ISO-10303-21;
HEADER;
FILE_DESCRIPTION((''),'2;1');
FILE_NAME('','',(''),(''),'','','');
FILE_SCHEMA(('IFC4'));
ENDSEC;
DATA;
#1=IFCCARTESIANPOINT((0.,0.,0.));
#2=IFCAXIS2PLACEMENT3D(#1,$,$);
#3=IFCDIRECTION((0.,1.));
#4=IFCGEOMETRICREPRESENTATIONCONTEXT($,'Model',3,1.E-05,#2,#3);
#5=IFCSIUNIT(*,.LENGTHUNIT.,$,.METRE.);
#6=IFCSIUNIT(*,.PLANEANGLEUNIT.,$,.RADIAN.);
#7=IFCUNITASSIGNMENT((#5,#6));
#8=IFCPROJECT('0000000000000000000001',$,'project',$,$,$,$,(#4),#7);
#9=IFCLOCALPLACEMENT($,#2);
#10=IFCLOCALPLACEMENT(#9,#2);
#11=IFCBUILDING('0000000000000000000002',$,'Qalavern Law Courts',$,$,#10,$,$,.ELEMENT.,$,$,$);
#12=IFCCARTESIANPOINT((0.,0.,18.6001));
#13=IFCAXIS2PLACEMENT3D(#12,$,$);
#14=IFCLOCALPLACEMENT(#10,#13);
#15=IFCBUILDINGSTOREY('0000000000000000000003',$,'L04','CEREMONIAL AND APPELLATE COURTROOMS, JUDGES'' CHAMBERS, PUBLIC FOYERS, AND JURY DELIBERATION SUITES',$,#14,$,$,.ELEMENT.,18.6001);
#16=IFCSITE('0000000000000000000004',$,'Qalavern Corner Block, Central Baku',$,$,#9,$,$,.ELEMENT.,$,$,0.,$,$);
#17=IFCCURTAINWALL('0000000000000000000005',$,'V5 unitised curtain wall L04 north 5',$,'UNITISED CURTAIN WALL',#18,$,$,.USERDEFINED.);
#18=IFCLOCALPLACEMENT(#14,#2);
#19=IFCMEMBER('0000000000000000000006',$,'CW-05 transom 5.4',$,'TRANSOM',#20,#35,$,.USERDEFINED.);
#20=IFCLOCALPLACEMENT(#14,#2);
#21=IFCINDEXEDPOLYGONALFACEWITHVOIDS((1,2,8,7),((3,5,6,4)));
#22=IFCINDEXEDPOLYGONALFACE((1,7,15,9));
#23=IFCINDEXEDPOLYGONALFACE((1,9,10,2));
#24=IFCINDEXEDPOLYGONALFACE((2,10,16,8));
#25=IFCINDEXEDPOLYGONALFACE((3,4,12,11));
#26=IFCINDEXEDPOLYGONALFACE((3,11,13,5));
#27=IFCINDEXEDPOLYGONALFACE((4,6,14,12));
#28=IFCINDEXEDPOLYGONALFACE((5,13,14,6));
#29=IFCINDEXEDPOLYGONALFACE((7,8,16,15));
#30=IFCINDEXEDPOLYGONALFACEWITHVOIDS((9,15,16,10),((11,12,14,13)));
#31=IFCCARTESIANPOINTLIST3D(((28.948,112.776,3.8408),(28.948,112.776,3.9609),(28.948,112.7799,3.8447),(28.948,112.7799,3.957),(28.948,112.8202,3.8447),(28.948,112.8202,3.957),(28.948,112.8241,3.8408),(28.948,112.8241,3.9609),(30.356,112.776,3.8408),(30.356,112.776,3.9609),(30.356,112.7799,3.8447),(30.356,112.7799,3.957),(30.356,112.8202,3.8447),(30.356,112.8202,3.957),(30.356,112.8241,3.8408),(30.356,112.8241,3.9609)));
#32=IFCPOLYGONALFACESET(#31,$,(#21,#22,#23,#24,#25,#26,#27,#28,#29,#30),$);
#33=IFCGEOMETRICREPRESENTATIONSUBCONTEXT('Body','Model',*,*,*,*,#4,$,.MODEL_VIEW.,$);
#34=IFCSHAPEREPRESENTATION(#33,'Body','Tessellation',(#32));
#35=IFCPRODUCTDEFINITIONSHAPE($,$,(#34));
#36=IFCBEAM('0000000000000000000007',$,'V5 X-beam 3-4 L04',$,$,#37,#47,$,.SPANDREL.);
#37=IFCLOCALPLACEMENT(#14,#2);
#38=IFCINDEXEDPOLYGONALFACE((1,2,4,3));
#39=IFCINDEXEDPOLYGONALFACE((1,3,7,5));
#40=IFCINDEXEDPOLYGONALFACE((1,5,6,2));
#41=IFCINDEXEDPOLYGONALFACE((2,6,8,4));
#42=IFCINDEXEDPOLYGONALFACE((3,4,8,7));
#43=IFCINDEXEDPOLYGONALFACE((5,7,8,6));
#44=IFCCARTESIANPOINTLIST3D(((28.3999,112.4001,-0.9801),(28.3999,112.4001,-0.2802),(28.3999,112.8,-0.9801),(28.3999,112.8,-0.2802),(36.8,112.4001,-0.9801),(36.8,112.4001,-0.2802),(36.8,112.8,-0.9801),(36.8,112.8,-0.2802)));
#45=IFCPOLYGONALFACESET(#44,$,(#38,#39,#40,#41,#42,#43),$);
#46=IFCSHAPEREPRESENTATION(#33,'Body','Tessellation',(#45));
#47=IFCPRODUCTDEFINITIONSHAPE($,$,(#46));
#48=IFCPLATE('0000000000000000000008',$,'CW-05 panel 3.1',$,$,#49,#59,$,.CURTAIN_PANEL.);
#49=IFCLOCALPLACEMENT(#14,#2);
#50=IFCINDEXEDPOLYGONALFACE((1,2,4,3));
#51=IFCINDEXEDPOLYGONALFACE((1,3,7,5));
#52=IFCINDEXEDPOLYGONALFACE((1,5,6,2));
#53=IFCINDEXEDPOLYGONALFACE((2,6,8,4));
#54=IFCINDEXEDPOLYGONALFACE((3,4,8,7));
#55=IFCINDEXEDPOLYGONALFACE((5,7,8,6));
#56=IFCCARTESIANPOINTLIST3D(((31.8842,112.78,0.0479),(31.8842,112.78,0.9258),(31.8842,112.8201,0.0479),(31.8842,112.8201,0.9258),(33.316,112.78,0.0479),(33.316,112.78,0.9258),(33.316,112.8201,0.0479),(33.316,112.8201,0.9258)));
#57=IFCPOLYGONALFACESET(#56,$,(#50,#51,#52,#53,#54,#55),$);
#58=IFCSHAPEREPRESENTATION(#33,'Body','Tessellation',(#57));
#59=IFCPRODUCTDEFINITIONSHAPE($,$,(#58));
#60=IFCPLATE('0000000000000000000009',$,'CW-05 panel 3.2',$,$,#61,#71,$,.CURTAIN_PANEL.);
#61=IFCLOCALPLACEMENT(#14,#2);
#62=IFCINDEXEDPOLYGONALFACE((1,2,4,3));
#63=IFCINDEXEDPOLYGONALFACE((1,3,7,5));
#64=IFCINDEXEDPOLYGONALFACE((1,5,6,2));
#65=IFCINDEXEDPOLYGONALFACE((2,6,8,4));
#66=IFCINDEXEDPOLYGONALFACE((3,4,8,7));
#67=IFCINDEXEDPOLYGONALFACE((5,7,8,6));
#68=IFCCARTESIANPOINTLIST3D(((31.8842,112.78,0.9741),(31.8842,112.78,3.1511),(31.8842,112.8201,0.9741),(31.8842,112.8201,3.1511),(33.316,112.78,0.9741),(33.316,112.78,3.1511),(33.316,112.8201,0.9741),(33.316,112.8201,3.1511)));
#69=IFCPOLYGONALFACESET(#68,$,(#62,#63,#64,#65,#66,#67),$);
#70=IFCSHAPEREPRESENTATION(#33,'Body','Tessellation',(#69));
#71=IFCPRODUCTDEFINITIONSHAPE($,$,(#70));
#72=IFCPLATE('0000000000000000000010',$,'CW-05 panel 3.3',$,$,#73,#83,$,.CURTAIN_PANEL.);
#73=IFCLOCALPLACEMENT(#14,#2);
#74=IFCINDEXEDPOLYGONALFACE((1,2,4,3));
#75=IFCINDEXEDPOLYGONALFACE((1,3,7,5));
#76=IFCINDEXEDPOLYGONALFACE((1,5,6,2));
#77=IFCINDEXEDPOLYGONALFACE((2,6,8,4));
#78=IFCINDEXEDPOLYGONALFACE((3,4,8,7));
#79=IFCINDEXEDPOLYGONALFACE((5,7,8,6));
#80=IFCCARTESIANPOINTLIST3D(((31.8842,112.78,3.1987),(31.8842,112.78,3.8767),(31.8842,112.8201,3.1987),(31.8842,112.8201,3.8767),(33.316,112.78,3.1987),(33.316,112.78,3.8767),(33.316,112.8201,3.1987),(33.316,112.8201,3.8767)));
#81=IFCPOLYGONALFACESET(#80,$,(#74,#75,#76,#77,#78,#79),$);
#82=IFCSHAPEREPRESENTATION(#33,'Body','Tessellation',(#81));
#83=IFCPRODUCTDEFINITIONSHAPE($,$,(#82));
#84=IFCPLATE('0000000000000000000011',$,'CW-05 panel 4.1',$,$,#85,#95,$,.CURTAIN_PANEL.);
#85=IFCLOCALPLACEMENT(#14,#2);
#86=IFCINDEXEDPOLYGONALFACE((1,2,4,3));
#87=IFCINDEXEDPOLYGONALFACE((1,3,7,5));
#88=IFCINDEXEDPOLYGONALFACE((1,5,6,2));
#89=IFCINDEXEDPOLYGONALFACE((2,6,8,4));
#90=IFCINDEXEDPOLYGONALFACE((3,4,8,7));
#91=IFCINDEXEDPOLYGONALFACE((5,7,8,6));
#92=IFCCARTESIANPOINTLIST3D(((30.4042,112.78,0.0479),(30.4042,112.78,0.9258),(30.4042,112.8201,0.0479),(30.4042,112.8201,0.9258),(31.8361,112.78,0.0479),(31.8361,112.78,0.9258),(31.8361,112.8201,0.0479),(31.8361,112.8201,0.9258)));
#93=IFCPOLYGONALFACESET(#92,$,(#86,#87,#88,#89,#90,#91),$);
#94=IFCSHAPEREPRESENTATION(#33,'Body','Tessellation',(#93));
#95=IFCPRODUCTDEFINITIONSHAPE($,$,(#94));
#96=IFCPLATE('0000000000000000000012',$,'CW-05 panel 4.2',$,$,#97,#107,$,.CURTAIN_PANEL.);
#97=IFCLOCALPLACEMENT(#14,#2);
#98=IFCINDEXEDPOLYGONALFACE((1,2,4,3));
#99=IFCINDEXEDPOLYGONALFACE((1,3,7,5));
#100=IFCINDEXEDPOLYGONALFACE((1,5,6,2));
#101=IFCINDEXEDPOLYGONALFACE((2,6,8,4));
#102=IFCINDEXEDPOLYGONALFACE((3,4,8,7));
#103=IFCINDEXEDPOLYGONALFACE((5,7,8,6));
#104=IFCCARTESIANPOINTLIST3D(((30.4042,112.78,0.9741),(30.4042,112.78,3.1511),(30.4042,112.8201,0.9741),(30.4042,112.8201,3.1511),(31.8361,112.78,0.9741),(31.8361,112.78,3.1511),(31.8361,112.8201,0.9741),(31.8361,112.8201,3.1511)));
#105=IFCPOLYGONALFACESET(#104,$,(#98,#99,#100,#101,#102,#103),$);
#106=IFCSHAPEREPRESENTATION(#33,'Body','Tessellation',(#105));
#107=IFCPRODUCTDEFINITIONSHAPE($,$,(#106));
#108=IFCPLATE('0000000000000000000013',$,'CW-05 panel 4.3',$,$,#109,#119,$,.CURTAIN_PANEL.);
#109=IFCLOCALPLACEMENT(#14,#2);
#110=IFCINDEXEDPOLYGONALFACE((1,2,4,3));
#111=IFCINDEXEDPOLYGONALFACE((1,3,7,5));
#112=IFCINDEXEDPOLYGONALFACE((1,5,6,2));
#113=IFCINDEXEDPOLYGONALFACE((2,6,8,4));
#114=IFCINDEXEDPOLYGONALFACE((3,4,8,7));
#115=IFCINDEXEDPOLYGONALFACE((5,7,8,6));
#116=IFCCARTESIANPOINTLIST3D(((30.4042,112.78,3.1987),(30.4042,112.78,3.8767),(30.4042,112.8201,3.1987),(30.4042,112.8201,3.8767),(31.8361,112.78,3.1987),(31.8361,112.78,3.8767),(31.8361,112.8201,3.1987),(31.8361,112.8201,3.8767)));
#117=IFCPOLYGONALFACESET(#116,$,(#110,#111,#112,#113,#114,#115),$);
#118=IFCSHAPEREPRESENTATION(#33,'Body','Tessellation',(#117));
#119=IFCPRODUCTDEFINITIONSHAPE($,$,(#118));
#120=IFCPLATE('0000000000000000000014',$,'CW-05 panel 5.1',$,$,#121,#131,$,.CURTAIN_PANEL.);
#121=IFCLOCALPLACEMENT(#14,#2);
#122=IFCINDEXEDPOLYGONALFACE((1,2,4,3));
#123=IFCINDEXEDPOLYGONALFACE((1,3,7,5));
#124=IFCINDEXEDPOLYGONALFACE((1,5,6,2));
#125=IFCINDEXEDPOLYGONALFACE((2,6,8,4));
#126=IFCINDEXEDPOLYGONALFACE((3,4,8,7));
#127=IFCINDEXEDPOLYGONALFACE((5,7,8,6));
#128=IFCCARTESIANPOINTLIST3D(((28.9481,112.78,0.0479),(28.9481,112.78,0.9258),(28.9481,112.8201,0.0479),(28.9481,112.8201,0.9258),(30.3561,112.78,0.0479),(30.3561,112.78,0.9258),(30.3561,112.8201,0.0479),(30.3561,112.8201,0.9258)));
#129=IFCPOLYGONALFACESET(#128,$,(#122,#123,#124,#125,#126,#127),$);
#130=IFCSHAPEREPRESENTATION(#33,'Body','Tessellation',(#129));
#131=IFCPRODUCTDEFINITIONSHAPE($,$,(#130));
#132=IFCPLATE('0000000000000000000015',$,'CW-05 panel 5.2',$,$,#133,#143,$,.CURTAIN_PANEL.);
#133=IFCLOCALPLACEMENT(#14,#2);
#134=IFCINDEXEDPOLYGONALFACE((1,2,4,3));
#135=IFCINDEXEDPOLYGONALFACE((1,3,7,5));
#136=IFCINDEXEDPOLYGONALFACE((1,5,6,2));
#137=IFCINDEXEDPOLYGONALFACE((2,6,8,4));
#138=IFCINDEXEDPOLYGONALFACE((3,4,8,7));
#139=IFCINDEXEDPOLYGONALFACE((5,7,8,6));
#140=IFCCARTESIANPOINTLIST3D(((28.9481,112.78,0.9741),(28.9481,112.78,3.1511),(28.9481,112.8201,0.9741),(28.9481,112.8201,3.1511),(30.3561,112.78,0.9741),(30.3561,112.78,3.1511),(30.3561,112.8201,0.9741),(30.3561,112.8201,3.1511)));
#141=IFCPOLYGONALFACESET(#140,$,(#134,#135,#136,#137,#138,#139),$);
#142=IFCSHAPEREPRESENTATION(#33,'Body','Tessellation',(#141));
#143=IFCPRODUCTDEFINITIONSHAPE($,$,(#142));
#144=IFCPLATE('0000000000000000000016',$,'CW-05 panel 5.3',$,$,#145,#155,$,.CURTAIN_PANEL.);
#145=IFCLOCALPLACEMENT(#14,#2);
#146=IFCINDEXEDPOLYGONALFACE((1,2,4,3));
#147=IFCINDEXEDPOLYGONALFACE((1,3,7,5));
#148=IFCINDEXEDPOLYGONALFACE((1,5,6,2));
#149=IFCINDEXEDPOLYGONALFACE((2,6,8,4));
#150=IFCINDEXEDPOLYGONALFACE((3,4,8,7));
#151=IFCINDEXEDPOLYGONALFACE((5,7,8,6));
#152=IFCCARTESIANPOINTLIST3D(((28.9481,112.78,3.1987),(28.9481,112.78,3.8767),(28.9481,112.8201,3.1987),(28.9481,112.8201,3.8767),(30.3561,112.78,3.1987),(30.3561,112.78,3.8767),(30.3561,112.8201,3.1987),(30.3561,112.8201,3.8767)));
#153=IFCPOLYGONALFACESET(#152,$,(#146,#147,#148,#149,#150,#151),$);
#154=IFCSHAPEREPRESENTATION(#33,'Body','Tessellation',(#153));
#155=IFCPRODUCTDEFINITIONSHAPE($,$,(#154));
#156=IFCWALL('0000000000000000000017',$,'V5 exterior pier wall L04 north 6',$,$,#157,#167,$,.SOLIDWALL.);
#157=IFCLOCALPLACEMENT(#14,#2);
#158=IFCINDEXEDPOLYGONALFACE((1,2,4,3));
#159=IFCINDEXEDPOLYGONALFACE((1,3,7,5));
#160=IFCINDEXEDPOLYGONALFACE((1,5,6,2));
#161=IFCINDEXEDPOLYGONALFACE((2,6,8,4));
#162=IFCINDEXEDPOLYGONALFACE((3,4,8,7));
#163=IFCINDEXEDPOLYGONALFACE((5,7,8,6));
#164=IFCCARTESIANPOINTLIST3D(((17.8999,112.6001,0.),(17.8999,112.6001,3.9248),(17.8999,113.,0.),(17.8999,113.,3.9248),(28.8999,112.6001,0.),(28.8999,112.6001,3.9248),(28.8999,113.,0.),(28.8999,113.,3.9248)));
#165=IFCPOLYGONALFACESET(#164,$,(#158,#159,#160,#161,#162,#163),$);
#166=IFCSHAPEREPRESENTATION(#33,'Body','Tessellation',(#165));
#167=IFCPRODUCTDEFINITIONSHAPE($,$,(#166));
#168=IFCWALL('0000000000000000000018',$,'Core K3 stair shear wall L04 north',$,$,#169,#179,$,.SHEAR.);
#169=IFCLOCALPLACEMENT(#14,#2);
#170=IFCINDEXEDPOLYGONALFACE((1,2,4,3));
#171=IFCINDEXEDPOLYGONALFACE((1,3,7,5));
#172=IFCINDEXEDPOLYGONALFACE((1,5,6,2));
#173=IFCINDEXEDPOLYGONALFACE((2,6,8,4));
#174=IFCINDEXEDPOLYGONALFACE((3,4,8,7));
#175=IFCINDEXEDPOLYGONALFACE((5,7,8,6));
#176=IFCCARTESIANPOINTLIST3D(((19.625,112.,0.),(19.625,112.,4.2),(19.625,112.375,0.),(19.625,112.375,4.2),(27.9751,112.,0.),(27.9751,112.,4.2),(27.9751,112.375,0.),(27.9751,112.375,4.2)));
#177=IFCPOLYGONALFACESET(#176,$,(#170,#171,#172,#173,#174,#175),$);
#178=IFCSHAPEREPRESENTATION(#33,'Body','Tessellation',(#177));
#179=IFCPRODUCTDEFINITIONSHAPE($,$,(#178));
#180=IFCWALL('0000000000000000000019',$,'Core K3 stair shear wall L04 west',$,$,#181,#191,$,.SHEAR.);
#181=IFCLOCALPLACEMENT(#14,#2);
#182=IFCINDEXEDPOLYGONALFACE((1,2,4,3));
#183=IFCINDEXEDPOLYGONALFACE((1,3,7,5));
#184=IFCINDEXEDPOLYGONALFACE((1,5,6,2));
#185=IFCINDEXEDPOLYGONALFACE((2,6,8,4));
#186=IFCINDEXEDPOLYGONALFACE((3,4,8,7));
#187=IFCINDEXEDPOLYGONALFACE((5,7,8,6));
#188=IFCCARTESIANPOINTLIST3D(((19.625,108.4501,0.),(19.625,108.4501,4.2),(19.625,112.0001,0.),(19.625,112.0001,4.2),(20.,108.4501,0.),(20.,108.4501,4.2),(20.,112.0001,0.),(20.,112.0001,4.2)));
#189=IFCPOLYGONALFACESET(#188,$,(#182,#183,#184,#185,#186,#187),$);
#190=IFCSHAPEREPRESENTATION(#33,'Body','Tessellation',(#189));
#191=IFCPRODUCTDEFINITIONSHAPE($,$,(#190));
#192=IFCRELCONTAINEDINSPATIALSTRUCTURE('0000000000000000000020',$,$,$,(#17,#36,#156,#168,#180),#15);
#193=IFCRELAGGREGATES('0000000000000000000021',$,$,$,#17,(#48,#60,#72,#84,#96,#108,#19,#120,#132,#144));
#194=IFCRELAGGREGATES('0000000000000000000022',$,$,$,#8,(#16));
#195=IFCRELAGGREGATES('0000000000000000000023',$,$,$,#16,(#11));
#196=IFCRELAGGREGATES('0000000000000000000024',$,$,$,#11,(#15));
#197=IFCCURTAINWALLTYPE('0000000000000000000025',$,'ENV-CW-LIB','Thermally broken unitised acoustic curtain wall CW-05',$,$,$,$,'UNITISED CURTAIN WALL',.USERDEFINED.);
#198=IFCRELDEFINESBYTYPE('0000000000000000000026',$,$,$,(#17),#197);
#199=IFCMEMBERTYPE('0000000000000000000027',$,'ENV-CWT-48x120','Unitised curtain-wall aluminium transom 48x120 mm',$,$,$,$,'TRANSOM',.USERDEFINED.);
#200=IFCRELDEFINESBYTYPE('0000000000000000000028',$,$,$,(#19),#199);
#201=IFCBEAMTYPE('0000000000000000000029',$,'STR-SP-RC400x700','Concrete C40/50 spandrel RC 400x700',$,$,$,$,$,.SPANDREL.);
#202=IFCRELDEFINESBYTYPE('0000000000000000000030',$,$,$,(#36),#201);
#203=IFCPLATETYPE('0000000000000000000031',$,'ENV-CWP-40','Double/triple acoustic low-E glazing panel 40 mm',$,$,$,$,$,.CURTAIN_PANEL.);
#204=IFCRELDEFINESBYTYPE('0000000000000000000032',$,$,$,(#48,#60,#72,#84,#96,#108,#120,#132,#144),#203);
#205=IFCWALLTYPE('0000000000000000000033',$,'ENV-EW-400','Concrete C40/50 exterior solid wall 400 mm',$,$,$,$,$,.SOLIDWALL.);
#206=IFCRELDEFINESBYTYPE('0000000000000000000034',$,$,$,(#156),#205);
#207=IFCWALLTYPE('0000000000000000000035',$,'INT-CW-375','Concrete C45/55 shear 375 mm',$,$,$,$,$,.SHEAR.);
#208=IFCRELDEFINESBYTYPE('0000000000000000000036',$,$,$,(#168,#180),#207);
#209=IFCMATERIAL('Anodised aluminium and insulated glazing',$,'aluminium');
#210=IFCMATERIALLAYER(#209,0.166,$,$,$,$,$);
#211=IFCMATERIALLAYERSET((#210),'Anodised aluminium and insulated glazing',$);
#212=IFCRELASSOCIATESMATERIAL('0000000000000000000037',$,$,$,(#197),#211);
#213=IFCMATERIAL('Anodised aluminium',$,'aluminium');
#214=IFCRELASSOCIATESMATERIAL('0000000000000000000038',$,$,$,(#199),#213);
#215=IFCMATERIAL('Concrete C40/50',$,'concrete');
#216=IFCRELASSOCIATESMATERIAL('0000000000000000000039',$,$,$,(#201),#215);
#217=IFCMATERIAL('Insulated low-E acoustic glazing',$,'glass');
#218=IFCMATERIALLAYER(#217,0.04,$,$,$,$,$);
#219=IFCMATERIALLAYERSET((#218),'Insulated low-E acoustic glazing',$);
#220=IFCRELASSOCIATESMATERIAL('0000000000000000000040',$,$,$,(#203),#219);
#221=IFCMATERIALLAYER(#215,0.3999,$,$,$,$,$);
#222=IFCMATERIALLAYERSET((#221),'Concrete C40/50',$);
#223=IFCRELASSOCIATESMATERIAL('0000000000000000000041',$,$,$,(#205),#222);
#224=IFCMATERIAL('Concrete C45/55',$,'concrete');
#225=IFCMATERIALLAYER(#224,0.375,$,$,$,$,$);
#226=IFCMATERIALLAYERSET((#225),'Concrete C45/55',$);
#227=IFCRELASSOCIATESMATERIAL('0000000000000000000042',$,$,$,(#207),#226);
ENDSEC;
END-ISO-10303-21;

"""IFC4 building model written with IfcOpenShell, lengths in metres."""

from ifc_helpers import new_model, si_unit, direction, frame, frame_2d, origin, origin_2d, place, context, subcontext, project, spatial, rectangle, hollow_rectangle, extrude, material, layer, layer_set, material_profile, profile_set, type_object, element, aggregate, save


model = new_model("IFC4")

# Units and contexts
model_context = context("Model", 3, precision=1e-05, world=origin(), true_north=direction((0.0, 1.0)))
body_context = subcontext(model_context, "Body", "Model", "MODEL_VIEW")
ifc_project = project(units=[si_unit("LENGTHUNIT", "METRE"), si_unit("PLANEANGLEUNIT", "RADIAN")], contexts=[model_context])

# Site, building, storey
site_placement = place(None, origin())
site = spatial("IfcSite", under=ifc_project, at=site_placement, Name="Qalavern Corner Block, Central Baku", CompositionType="ELEMENT", RefElevation=0.0)
building_placement = place(site_placement, origin())
building = spatial("IfcBuilding", under=site, at=building_placement, Name="Qalavern Law Courts", CompositionType="ELEMENT")
storey_placement = place(building_placement, frame((0.0, 0.0, 18.6001)))
storey = spatial("IfcBuildingStorey", under=building, at=storey_placement, Name="L04", Description="CEREMONIAL AND APPELLATE COURTROOMS, JUDGES' CHAMBERS, PUBLIC FOYERS, AND JURY DELIBERATION SUITES", CompositionType="ELEMENT", Elevation=18.6001)

# Shared definitions
ifc_material_1 = material(Name="Concrete C45/55", Category="concrete")

# Curtain wall, member
ifc_material_2 = material(Name="Anodised aluminium and insulated glazing", Category="aluminium")
ifc_layer_1 = layer(ifc_material_2, 0.166)
ifc_layer_set_1 = layer_set([ifc_layer_1], Name="Anodised aluminium and insulated glazing")
curtain_wall_type = type_object("IfcCurtainWallType", Name="ENV-CW-LIB", Description="Thermally broken unitised acoustic curtain wall CW-05", ElementType="UNITISED CURTAIN WALL", PredefinedType="USERDEFINED", material=ifc_layer_set_1)
curtain_wall_placement = place(storey_placement, origin())
curtain_wall = element("IfcCurtainWall", 1, at=curtain_wall_placement, inside=storey, type_object=curtain_wall_type, Name="V5 unitised curtain wall L04 north 5", ObjectType="UNITISED CURTAIN WALL", PredefinedType="USERDEFINED")
ifc_material_3 = material(Name="Anodised aluminium", Category="aluminium")
ifc_material_profile_1 = material_profile(ifc_material_3, hollow_rectangle(XDim=0.0481, YDim=0.1201, WallThickness=0.0039, at=origin_2d()), Name="ALU TRANSOM 48x120")
ifc_profile_set_1 = profile_set([ifc_material_profile_1], Name="Anodised aluminium")
member_type_1 = type_object("IfcMemberType", Name="ENV-CWT-48x120", Description="Unitised curtain-wall aluminium transom 48x120 mm", ElementType="TRANSOM", PredefinedType="USERDEFINED", material=ifc_profile_set_1)
member_1_placement = place(storey_placement, frame((30.356, 112.8, 3.9009), z_axis=(-1.0, 0.0, 0.0), x_axis=(0.0, -1.0, 0.0)))
member_1 = element("IfcMember", 2, at=member_1_placement, type_object=member_type_1, Name="CW-05 transom 5.4", ObjectType="TRANSOM", PredefinedType="USERDEFINED", context=body_context, shape_type="SweptSolid", body=[
    extrude(hollow_rectangle(XDim=0.0481, YDim=0.1201, WallThickness=0.0039, at=origin_2d()), origin(), (0.0, 0.0, 1.0), 1.408),
])

# Beam
ifc_material_4 = material(Name="Concrete C40/50", Category="concrete")
ifc_material_profile_2 = material_profile(ifc_material_4, rectangle(XDim=0.3999, YDim=0.7, at=origin_2d()), Name="RC 400x700")
ifc_profile_set_2 = profile_set([ifc_material_profile_2], Name="Concrete C40/50")
beam_type = type_object("IfcBeamType", Name="STR-SP-RC400x700", Description="Concrete C40/50 spandrel RC 400x700", PredefinedType="SPANDREL", material=ifc_profile_set_2)
beam_placement = place(storey_placement, frame((28.3999, 112.6001, -0.6301), z_axis=(1.0, 0.0, 0.0), x_axis=(0.0, 1.0, 0.0)))
element("IfcBeam", 3, at=beam_placement, inside=storey, type_object=beam_type, Name="V5 X-beam 3-4 L04", PredefinedType="SPANDREL", context=body_context, shape_type="SweptSolid", body=[
    extrude(rectangle(XDim=0.3999, YDim=0.7, at=origin_2d()), origin(), (0.0, 0.0, 1.0), 8.4001),
])

# Plates
ifc_material_5 = material(Name="Insulated low-E acoustic glazing", Category="glass")
ifc_layer_2 = layer(ifc_material_5, 0.04)
ifc_layer_set_2 = layer_set([ifc_layer_2], Name="Insulated low-E acoustic glazing")
plate_type = type_object("IfcPlateType", Name="ENV-CWP-40", Description="Double/triple acoustic low-E glazing panel 40 mm", PredefinedType="CURTAIN_PANEL", material=ifc_layer_set_2)
plate_1_placement = place(storey_placement, frame((32.6001, 112.8, 0.0479), z_axis=(0.0, 0.0, 1.0), x_axis=(-1.0, 0.0, 0.0)))
plate_1 = element("IfcPlate", 4, at=plate_1_placement, type_object=plate_type, Name="CW-05 panel 3.1", PredefinedType="CURTAIN_PANEL", context=body_context, shape_type="SweptSolid", body=[
    extrude(rectangle(XDim=1.4319, YDim=0.04, at=origin_2d()), origin(), (0.0, 0.0, 1.0), 0.8779),
])
plate_2_placement = place(storey_placement, frame((32.6001, 112.8, 0.9741), z_axis=(0.0, 0.0, 1.0), x_axis=(-1.0, 0.0, 0.0)))
plate_2 = element("IfcPlate", 5, at=plate_2_placement, type_object=plate_type, Name="CW-05 panel 3.2", PredefinedType="CURTAIN_PANEL", context=body_context, shape_type="SweptSolid", body=[
    extrude(rectangle(XDim=1.4319, YDim=0.04, at=origin_2d()), origin(), (0.0, 0.0, 1.0), 2.177),
])
plate_3_placement = place(storey_placement, frame((32.6001, 112.8, 3.1987), z_axis=(0.0, 0.0, 1.0), x_axis=(-1.0, 0.0, 0.0)))
plate_3 = element("IfcPlate", 6, at=plate_3_placement, type_object=plate_type, Name="CW-05 panel 3.3", PredefinedType="CURTAIN_PANEL", context=body_context, shape_type="SweptSolid", body=[
    extrude(rectangle(XDim=1.4319, YDim=0.04, at=origin_2d()), origin(), (0.0, 0.0, 1.0), 0.678),
])
plate_4_placement = place(storey_placement, frame((31.1201, 112.8, 0.0479), z_axis=(0.0, 0.0, 1.0), x_axis=(-1.0, 0.0, 0.0)))
plate_4 = element("IfcPlate", 7, at=plate_4_placement, type_object=plate_type, Name="CW-05 panel 4.1", PredefinedType="CURTAIN_PANEL", context=body_context, shape_type="SweptSolid", body=[
    extrude(rectangle(XDim=1.4319, YDim=0.04, at=origin_2d()), origin(), (0.0, 0.0, 1.0), 0.8779),
])
plate_5_placement = place(storey_placement, frame((31.1201, 112.8, 0.9741), z_axis=(0.0, 0.0, 1.0), x_axis=(-1.0, 0.0, 0.0)))
plate_5 = element("IfcPlate", 8, at=plate_5_placement, type_object=plate_type, Name="CW-05 panel 4.2", PredefinedType="CURTAIN_PANEL", context=body_context, shape_type="SweptSolid", body=[
    extrude(rectangle(XDim=1.4319, YDim=0.04, at=origin_2d()), origin(), (0.0, 0.0, 1.0), 2.177),
])
plate_6_placement = place(storey_placement, frame((31.1201, 112.8, 3.1987), z_axis=(0.0, 0.0, 1.0), x_axis=(-1.0, 0.0, 0.0)))
plate_6 = element("IfcPlate", 9, at=plate_6_placement, type_object=plate_type, Name="CW-05 panel 4.3", PredefinedType="CURTAIN_PANEL", context=body_context, shape_type="SweptSolid", body=[
    extrude(rectangle(XDim=1.4319, YDim=0.04, at=origin_2d()), origin(), (0.0, 0.0, 1.0), 0.678),
])
plate_7_placement = place(storey_placement, frame((29.6521, 112.8, 0.0479), z_axis=(0.0, 0.0, 1.0), x_axis=(-1.0, 0.0, 0.0)))
plate_7 = element("IfcPlate", 10, at=plate_7_placement, type_object=plate_type, Name="CW-05 panel 5.1", PredefinedType="CURTAIN_PANEL", context=body_context, shape_type="SweptSolid", body=[
    extrude(rectangle(XDim=1.408, YDim=0.04, at=origin_2d()), origin(), (0.0, 0.0, 1.0), 0.8779),
])
plate_8_placement = place(storey_placement, frame((29.6521, 112.8, 0.9741), z_axis=(0.0, 0.0, 1.0), x_axis=(-1.0, 0.0, 0.0)))
plate_8 = element("IfcPlate", 11, at=plate_8_placement, type_object=plate_type, Name="CW-05 panel 5.2", PredefinedType="CURTAIN_PANEL", context=body_context, shape_type="SweptSolid", body=[
    extrude(rectangle(XDim=1.408, YDim=0.04, at=origin_2d()), origin(), (0.0, 0.0, 1.0), 2.177),
])
plate_9_placement = place(storey_placement, frame((29.6521, 112.8, 3.1987), z_axis=(0.0, 0.0, 1.0), x_axis=(-1.0, 0.0, 0.0)))
plate_9 = element("IfcPlate", 12, at=plate_9_placement, type_object=plate_type, Name="CW-05 panel 5.3", PredefinedType="CURTAIN_PANEL", context=body_context, shape_type="SweptSolid", body=[
    extrude(rectangle(XDim=1.408, YDim=0.04, at=origin_2d()), origin(), (0.0, 0.0, 1.0), 0.678),
])
aggregate(curtain_wall, [plate_1, plate_2, plate_3, plate_4, plate_5, plate_6, member_1, plate_7, plate_8, plate_9])

# Walls
ifc_layer_3 = layer(ifc_material_4, 0.3999)
ifc_layer_set_3 = layer_set([ifc_layer_3], Name="Concrete C40/50")
wall_type_1 = type_object("IfcWallType", Name="ENV-EW-400", Description="Concrete C40/50 exterior solid wall 400 mm", PredefinedType="SOLIDWALL", material=ifc_layer_set_3)
wall_1_placement = place(storey_placement, frame((28.8999, 112.8, 0.0), z_axis=(0.0, 0.0, 1.0), x_axis=(-1.0, 0.0, 0.0)))
element("IfcWall", 13, at=wall_1_placement, inside=storey, type_object=wall_type_1, Name="V5 exterior pier wall L04 north 6", PredefinedType="SOLIDWALL", context=body_context, shape_type="SweptSolid", body=[
    extrude(rectangle(XDim=11.0, YDim=0.3999, at=frame_2d((5.5, 0.0))), origin(), (0.0, 0.0, 1.0), 3.9248),
])
ifc_layer_4 = layer(ifc_material_1, 0.375)
ifc_layer_set_4 = layer_set([ifc_layer_4], Name="Concrete C45/55")
wall_type_2 = type_object("IfcWallType", Name="INT-CW-375", Description="Concrete C45/55 shear 375 mm", PredefinedType="SHEAR", material=ifc_layer_set_4)
wall_2_placement = place(storey_placement, frame((27.9751, 112.1875, 0.0), z_axis=(0.0, 0.0, 1.0), x_axis=(-1.0, 0.0, 0.0)))
element("IfcWall", 14, at=wall_2_placement, inside=storey, type_object=wall_type_2, Name="Core K3 stair shear wall L04 north", PredefinedType="SHEAR", context=body_context, shape_type="SweptSolid", body=[
    extrude(rectangle(XDim=8.3501, YDim=0.375, at=frame_2d((4.175, 0.0))), origin(), (0.0, 0.0, 1.0), 4.2),
])
wall_3_placement = place(storey_placement, frame((19.8125, 112.0, 0.0), z_axis=(0.0, 0.0, 1.0), x_axis=(0.0, -1.0, 0.0)))
element("IfcWall", 15, at=wall_3_placement, inside=storey, type_object=wall_type_2, Name="Core K3 stair shear wall L04 west", PredefinedType="SHEAR", context=body_context, shape_type="SweptSolid", body=[
    extrude(rectangle(XDim=3.55, YDim=0.375, at=frame_2d((1.7749, 0.0))), origin(), (0.0, 0.0, 1.0), 4.2),
])

save(model, "model.ifc")
